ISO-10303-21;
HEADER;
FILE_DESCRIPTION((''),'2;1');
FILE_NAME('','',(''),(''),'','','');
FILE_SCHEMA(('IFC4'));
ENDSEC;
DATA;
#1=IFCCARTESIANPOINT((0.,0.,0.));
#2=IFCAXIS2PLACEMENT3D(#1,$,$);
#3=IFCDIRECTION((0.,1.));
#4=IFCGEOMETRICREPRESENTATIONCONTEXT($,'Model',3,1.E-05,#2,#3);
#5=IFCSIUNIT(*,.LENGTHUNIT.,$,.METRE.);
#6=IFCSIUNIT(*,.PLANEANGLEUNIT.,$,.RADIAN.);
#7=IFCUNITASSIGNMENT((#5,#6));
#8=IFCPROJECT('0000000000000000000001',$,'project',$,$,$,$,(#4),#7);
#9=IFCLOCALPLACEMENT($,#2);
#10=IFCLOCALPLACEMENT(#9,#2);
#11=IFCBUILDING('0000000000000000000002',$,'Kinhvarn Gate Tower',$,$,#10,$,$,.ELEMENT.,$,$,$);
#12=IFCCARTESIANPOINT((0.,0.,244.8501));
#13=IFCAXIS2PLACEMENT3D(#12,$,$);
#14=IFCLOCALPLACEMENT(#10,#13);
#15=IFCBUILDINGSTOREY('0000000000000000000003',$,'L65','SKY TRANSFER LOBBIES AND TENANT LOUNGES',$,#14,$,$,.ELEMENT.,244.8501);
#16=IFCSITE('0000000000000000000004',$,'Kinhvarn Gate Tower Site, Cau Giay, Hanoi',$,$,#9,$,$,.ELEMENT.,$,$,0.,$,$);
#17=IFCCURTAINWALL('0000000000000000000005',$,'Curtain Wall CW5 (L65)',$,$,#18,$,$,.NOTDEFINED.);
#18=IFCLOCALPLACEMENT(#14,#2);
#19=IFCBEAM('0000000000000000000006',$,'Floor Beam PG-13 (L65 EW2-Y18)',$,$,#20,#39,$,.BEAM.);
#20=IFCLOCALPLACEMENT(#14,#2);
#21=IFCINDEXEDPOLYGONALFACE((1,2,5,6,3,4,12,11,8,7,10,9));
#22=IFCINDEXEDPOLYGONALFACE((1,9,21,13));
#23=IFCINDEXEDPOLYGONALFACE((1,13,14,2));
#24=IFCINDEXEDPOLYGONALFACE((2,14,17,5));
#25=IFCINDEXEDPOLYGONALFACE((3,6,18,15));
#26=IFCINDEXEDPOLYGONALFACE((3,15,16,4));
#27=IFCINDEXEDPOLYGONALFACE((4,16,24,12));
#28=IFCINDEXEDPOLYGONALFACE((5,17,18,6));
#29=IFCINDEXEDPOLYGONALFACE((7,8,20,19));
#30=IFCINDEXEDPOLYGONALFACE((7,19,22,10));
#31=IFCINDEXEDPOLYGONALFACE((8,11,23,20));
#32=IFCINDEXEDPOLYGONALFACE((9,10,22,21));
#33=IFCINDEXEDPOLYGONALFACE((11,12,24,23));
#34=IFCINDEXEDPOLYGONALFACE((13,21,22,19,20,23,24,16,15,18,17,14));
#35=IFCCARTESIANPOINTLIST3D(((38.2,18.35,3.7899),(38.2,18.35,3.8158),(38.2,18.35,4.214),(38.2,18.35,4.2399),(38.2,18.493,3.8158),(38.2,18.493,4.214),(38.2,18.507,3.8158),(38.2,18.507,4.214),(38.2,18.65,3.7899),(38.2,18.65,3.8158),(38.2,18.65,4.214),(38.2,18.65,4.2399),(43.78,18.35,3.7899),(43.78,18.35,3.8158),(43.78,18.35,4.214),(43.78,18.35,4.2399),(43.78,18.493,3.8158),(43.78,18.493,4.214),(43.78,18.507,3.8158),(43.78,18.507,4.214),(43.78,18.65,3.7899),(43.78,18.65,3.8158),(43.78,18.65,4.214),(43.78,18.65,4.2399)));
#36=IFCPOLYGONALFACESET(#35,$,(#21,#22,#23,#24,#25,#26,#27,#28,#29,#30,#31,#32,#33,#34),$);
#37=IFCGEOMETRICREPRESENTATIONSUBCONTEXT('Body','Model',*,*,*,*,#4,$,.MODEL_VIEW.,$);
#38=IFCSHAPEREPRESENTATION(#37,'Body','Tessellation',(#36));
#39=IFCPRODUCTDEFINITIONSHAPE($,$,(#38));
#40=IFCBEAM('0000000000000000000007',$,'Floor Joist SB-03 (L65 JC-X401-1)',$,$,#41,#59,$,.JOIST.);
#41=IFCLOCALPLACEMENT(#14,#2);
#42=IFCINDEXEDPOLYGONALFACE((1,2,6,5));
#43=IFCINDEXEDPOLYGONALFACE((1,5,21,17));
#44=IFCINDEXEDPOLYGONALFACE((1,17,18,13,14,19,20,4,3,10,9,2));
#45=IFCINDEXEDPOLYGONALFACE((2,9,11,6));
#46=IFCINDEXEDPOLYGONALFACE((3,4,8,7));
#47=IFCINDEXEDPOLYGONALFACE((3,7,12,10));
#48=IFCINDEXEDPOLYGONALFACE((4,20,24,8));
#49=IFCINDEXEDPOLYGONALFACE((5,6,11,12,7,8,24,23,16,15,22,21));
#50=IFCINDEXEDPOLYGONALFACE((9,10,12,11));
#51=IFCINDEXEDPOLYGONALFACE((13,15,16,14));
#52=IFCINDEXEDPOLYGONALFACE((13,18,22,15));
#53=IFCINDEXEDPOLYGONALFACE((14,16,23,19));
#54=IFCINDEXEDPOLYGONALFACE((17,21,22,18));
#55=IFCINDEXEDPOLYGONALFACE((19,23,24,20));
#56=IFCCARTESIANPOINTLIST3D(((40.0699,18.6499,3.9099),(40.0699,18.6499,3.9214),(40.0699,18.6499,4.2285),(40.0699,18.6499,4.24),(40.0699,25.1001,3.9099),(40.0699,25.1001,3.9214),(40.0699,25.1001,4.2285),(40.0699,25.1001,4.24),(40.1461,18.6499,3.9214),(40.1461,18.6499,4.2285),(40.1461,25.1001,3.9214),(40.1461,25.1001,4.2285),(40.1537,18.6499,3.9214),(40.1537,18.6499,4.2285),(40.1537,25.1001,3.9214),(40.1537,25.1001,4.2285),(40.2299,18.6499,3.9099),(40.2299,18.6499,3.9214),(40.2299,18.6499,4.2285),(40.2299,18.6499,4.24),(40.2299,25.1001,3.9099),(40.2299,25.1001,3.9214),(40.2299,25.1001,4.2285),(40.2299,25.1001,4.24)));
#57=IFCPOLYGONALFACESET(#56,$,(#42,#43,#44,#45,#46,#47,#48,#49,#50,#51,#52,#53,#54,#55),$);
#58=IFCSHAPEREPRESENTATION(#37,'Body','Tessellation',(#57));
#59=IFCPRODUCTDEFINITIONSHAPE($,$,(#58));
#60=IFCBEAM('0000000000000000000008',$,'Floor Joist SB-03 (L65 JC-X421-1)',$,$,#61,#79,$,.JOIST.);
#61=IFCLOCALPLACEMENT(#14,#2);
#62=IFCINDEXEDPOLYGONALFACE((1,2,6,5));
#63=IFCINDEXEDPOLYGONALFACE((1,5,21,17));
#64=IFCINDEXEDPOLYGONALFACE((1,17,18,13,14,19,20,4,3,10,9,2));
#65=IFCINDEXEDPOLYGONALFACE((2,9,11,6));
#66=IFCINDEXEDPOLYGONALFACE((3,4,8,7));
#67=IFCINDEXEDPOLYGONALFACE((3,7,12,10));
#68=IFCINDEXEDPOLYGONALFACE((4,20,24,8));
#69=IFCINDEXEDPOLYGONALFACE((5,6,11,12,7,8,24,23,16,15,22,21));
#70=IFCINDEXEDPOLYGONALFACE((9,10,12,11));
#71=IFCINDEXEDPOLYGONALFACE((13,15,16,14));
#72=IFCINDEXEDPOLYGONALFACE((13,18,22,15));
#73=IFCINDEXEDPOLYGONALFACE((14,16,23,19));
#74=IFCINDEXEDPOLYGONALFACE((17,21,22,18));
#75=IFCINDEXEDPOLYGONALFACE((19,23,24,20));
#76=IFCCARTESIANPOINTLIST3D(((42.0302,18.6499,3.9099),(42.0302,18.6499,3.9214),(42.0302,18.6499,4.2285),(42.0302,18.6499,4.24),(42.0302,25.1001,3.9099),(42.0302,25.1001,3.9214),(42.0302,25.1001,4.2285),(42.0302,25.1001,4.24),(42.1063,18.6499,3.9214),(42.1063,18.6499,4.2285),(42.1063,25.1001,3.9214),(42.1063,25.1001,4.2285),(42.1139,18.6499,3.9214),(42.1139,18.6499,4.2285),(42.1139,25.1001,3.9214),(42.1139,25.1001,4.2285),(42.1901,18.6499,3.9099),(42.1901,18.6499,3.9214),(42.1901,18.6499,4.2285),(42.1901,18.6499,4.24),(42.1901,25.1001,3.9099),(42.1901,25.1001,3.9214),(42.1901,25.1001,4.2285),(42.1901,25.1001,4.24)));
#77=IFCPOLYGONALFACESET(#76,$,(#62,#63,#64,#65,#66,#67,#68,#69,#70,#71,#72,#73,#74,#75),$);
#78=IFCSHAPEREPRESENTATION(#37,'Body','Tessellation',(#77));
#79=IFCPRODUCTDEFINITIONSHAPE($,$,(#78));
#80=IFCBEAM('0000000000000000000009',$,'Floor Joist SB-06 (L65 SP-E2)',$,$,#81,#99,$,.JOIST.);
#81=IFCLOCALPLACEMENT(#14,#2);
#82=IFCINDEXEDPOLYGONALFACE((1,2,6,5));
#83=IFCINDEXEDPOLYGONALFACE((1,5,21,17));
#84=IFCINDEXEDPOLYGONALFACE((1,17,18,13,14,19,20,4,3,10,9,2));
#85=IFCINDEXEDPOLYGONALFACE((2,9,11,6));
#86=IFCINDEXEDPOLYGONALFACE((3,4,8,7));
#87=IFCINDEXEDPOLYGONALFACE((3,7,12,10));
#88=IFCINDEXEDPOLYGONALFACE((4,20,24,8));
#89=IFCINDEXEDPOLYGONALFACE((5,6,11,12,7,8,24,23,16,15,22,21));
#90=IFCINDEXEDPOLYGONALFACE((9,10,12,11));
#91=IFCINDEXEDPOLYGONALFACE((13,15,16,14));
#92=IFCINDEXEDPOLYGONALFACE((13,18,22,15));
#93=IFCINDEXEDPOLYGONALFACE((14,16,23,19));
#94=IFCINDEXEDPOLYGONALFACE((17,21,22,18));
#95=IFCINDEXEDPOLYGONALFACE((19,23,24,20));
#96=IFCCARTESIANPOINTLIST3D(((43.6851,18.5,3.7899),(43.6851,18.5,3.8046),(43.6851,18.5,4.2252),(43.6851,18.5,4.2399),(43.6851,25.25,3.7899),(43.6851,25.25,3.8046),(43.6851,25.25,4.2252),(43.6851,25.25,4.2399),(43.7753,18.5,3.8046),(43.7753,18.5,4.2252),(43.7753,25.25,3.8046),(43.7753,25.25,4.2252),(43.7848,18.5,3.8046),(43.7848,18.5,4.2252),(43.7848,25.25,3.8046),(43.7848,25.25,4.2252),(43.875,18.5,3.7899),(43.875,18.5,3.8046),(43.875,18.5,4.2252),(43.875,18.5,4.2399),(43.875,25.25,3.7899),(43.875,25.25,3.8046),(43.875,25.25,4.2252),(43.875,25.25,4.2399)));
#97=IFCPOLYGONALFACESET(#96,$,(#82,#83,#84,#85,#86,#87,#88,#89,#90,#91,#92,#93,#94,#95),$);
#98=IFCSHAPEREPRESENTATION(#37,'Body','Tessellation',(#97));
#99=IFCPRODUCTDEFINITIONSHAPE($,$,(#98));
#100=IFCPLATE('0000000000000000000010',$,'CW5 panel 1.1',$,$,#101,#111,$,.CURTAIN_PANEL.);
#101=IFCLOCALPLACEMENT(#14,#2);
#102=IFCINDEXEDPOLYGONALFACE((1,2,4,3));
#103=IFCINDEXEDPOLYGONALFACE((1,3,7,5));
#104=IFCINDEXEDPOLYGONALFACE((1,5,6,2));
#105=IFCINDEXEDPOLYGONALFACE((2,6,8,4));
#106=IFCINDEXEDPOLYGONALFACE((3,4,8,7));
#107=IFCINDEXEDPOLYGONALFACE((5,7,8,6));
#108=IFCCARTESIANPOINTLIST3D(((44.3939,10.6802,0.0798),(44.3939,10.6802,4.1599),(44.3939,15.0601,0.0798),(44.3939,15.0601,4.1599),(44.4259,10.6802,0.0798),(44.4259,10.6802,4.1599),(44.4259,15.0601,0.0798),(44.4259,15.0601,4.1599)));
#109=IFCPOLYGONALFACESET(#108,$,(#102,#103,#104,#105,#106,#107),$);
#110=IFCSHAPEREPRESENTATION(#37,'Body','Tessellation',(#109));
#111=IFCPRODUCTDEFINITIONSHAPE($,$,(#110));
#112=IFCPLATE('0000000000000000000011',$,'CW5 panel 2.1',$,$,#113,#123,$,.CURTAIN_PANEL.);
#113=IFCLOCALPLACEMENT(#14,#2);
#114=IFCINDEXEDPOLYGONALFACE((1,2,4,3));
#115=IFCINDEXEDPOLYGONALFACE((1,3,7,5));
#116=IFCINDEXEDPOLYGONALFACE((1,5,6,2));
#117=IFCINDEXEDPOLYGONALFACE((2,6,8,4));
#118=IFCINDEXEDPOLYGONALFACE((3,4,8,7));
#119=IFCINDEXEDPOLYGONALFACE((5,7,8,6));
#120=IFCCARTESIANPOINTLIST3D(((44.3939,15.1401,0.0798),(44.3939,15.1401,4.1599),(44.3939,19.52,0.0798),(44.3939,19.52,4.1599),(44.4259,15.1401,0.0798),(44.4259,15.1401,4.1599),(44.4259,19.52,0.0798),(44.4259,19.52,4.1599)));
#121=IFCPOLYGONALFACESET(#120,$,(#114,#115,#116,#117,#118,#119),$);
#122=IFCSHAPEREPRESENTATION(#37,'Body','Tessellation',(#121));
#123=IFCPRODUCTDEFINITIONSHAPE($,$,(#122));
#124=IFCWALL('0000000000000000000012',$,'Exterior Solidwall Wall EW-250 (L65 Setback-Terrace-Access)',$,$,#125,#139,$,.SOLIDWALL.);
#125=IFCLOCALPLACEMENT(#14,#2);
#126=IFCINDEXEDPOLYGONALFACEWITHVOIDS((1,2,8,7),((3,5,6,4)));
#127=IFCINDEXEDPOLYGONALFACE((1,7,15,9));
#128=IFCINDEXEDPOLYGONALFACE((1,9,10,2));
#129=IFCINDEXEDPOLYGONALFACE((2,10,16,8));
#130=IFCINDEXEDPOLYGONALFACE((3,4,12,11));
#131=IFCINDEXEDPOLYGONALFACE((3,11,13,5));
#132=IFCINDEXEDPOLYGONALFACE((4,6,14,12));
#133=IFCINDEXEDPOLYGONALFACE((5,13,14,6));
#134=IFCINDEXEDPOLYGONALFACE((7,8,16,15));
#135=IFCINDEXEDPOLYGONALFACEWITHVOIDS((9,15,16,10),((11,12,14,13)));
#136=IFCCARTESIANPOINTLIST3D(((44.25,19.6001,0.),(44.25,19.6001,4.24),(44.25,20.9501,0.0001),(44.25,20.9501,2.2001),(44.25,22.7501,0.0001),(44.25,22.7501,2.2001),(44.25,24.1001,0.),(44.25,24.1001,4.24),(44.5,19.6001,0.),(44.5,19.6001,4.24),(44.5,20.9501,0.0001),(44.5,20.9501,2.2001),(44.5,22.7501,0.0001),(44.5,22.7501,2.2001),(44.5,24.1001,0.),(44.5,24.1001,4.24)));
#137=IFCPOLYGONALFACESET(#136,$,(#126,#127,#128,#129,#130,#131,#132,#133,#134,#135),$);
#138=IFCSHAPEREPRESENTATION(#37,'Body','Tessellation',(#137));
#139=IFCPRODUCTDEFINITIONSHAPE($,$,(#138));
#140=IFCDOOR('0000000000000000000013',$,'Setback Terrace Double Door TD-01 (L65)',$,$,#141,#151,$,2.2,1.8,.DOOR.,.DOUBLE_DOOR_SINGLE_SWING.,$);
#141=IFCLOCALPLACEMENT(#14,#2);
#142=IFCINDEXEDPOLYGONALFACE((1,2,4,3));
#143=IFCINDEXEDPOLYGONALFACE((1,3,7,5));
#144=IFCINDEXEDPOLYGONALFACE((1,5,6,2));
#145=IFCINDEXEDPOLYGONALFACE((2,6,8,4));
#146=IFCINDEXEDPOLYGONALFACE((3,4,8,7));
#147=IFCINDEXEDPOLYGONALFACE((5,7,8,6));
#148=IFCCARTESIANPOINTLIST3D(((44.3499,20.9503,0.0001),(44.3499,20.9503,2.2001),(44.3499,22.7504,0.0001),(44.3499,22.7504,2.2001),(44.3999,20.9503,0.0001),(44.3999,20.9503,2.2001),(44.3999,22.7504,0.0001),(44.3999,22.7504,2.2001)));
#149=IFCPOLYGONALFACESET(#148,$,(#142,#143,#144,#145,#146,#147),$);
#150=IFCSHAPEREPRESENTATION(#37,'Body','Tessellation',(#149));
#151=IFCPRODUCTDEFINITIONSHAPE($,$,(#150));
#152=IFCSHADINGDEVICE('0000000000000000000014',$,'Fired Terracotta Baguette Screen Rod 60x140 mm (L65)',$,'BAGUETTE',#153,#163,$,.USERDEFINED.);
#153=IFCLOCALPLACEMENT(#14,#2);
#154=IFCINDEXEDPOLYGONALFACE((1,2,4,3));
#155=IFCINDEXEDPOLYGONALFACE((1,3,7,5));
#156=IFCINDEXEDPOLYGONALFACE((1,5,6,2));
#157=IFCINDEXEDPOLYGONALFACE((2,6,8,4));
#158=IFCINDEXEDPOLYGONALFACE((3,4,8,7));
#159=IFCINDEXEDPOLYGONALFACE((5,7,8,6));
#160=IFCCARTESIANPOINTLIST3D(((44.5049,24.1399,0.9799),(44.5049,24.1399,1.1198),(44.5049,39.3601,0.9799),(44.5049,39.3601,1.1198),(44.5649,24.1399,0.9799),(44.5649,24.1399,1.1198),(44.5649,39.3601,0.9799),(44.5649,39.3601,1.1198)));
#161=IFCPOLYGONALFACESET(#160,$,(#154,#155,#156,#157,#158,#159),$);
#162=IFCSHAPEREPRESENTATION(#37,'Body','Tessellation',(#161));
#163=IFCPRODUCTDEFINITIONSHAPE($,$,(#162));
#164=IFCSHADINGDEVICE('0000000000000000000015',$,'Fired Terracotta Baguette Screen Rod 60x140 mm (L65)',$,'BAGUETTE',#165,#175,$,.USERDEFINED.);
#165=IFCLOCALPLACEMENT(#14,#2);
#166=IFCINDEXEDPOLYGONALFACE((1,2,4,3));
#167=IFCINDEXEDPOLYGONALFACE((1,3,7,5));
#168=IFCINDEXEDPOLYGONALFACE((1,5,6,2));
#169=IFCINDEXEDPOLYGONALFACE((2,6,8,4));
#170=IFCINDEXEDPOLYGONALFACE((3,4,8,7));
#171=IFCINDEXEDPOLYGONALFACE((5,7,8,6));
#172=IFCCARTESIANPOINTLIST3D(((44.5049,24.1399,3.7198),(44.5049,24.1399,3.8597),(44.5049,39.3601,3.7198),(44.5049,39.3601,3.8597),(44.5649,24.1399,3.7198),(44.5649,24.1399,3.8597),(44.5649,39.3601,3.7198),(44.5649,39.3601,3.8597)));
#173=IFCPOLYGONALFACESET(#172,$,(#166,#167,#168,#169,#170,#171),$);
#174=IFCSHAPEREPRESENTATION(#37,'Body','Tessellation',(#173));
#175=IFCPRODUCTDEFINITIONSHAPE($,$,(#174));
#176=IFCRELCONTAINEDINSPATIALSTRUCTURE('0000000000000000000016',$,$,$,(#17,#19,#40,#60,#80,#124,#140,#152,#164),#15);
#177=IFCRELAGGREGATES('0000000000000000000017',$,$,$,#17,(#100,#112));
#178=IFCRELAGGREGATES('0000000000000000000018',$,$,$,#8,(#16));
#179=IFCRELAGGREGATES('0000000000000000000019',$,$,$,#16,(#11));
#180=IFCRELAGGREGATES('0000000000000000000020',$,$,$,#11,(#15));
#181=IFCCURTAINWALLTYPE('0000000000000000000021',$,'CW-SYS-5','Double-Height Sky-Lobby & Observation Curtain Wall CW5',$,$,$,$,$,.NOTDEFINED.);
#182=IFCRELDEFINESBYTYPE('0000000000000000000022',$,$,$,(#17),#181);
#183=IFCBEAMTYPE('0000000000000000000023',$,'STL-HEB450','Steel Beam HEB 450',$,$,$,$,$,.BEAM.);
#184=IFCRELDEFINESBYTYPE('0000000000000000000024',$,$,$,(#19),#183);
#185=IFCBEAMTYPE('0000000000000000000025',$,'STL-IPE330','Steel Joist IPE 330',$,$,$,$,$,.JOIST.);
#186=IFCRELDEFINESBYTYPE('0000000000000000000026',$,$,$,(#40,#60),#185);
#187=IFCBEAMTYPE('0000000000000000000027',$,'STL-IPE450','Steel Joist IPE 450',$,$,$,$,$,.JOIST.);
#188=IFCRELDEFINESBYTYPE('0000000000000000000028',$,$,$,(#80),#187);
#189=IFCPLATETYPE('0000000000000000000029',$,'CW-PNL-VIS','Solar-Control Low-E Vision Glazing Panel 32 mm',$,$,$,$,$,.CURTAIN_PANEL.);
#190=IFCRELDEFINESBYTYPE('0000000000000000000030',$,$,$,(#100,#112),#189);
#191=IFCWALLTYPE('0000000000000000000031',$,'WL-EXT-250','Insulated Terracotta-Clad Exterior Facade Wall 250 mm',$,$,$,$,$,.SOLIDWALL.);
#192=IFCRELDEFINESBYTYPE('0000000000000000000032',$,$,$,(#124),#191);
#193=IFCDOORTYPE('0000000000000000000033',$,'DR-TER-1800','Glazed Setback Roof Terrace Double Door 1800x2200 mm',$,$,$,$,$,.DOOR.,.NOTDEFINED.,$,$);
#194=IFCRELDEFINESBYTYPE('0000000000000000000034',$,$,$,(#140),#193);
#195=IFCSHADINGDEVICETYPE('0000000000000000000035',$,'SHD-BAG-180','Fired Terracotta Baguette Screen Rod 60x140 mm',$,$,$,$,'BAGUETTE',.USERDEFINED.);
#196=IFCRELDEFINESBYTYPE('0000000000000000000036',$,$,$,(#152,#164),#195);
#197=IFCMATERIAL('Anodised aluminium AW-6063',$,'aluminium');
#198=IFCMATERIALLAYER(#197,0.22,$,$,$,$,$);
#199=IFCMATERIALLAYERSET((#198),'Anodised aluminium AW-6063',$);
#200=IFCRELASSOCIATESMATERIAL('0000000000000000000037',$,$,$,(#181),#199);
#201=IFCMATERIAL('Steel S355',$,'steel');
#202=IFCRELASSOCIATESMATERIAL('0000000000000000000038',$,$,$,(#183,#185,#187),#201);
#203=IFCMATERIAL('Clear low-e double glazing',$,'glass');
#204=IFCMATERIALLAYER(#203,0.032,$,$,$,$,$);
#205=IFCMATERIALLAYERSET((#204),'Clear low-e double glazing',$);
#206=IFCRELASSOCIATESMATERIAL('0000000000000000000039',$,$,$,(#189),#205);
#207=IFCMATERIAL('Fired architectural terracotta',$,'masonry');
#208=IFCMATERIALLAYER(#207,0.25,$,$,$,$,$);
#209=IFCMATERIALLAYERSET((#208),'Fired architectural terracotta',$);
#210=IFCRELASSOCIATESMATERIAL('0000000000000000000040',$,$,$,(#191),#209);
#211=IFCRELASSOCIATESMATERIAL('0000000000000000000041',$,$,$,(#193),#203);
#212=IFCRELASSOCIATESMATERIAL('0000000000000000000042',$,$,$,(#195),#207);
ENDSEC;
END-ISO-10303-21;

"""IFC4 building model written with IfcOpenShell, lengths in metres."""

from ifc_helpers import new_model, si_unit, direction, frame, frame_2d, origin, origin_2d, place, context, subcontext, project, spatial, rectangle, i_section, extrude, material, layer, layer_set, material_profile, profile_set, type_object, element, fill, aggregate, save


model = new_model("IFC4")

# Units and contexts
model_context = context("Model", 3, precision=1e-05, world=origin(), true_north=direction((0.0, 1.0)))
body_context = subcontext(model_context, "Body", "Model", "MODEL_VIEW")
ifc_project = project(units=[si_unit("LENGTHUNIT", "METRE"), si_unit("PLANEANGLEUNIT", "RADIAN")], contexts=[model_context])

# Site, building, storey
site_placement = place(None, origin())
site = spatial("IfcSite", under=ifc_project, at=site_placement, Name="Kinhvarn Gate Tower Site, Cau Giay, Hanoi", CompositionType="ELEMENT", RefElevation=0.0)
building_placement = place(site_placement, origin())
building = spatial("IfcBuilding", under=site, at=building_placement, Name="Kinhvarn Gate Tower", CompositionType="ELEMENT")
storey_placement = place(building_placement, frame((0.0, 0.0, 244.8501)))
storey = spatial("IfcBuildingStorey", under=building, at=storey_placement, Name="L65", Description="SKY TRANSFER LOBBIES AND TENANT LOUNGES", CompositionType="ELEMENT", Elevation=244.8501)

# Curtain wall
ifc_material_1 = material(Name="Anodised aluminium AW-6063", Category="aluminium")
ifc_layer_1 = layer(ifc_material_1, 0.22)
ifc_layer_set_1 = layer_set([ifc_layer_1], Name="Anodised aluminium AW-6063")
curtain_wall_type = type_object("IfcCurtainWallType", Name="CW-SYS-5", Description="Double-Height Sky-Lobby & Observation Curtain Wall CW5", PredefinedType="NOTDEFINED", material=ifc_layer_set_1)
curtain_wall_1_placement = place(storey_placement, origin())
curtain_wall_1 = element("IfcCurtainWall", 1, at=curtain_wall_1_placement, inside=storey, type_object=curtain_wall_type, Name="Curtain Wall CW5 (L65)", PredefinedType="NOTDEFINED")

# Beams
ifc_material_2 = material(Name="Steel S355", Category="steel")
ifc_material_profile_1 = material_profile(ifc_material_2, i_section(OverallWidth=0.3, OverallDepth=0.45, WebThickness=0.0139, FlangeThickness=0.0259, at=origin_2d()), Name="HEB 450")
ifc_profile_set_1 = profile_set([ifc_material_profile_1], Name="Steel S355")
beam_type_1 = type_object("IfcBeamType", Name="STL-HEB450", Description="Steel Beam HEB 450", PredefinedType="BEAM", material=ifc_profile_set_1)
beam_1_placement = place(storey_placement, frame((38.2, 18.5, 4.0149), z_axis=(1.0, 0.0, 0.0), x_axis=(0.0, 1.0, 0.0)))
element("IfcBeam", 2, at=beam_1_placement, inside=storey, type_object=beam_type_1, Name="Floor Beam PG-13 (L65 EW2-Y18)", PredefinedType="BEAM", context=body_context, shape_type="SweptSolid", body=[
    extrude(i_section(OverallWidth=0.3, OverallDepth=0.45, WebThickness=0.0139, FlangeThickness=0.0259, at=origin_2d()), origin(), (0.0, 0.0, 1.0), 5.5801),
])
ifc_material_profile_2 = material_profile(ifc_material_2, i_section(OverallWidth=0.1599, OverallDepth=0.3301, WebThickness=0.0076, FlangeThickness=0.0115, at=origin_2d()), Name="IPE 330")
ifc_profile_set_2 = profile_set([ifc_material_profile_2], Name="Steel S355")
beam_type_2 = type_object("IfcBeamType", Name="STL-IPE330", Description="Steel Joist IPE 330", PredefinedType="JOIST", material=ifc_profile_set_2)
for number, where, z_axis, x_axis, name in (
    (3, (40.1499, 18.6499, 4.075), (0.0, 1.0, 0.0), (-1.0, 0.0, 0.0), "Floor Joist SB-03 (L65 JC-X401-1)"),
    (4, (42.1101, 18.6499, 4.075), (0.0, 1.0, 0.0), (-1.0, 0.0, 0.0), "Floor Joist SB-03 (L65 JC-X421-1)"),
):
    element("IfcBeam", number, at=place(storey_placement, frame(where, z_axis=z_axis, x_axis=x_axis)), inside=storey, type_object=beam_type_2, Name=name, PredefinedType="JOIST", context=body_context, shape_type="SweptSolid", body=[
        extrude(i_section(OverallWidth=0.1599, OverallDepth=0.3301, WebThickness=0.0076, FlangeThickness=0.0115, at=origin_2d()), origin(), (0.0, 0.0, 1.0), 6.4502),
    ])
ifc_material_profile_3 = material_profile(ifc_material_2, i_section(OverallWidth=0.1899, OverallDepth=0.45, WebThickness=0.0095, FlangeThickness=0.0146, at=origin_2d()), Name="IPE 450")
ifc_profile_set_3 = profile_set([ifc_material_profile_3], Name="Steel S355")
beam_type_3 = type_object("IfcBeamType", Name="STL-IPE450", Description="Steel Joist IPE 450", PredefinedType="JOIST", material=ifc_profile_set_3)
beam_2_placement = place(storey_placement, frame((43.78, 18.5, 4.0149), z_axis=(0.0, 1.0, 0.0), x_axis=(-1.0, 0.0, 0.0)))
element("IfcBeam", 5, at=beam_2_placement, inside=storey, type_object=beam_type_3, Name="Floor Joist SB-06 (L65 SP-E2)", PredefinedType="JOIST", context=body_context, shape_type="SweptSolid", body=[
    extrude(i_section(OverallWidth=0.1899, OverallDepth=0.45, WebThickness=0.0095, FlangeThickness=0.0146, at=origin_2d()), origin(), (0.0, 0.0, 1.0), 6.75),
])

# Plates
ifc_material_3 = material(Name="Clear low-e double glazing", Category="glass")
ifc_layer_2 = layer(ifc_material_3, 0.032)
ifc_layer_set_2 = layer_set([ifc_layer_2], Name="Clear low-e double glazing")
plate_type = type_object("IfcPlateType", Name="CW-PNL-VIS", Description="Solar-Control Low-E Vision Glazing Panel 32 mm", PredefinedType="CURTAIN_PANEL", material=ifc_layer_set_2)
plate_1_placement = place(storey_placement, frame((44.4099, 12.8701, 0.0798), z_axis=(0.0, 0.0, 1.0), x_axis=(0.0, 1.0, 0.0)))
plate_1 = element("IfcPlate", 6, at=plate_1_placement, type_object=plate_type, Name="CW5 panel 1.1", PredefinedType="CURTAIN_PANEL", context=body_context, shape_type="SweptSolid", body=[
    extrude(rectangle(XDim=4.3799, YDim=0.032, at=origin_2d()), origin(), (0.0, 0.0, 1.0), 4.0801),
])
plate_2_placement = place(storey_placement, frame((44.4099, 17.3301, 0.0798), z_axis=(0.0, 0.0, 1.0), x_axis=(0.0, 1.0, 0.0)))
plate_2 = element("IfcPlate", 7, at=plate_2_placement, type_object=plate_type, Name="CW5 panel 2.1", PredefinedType="CURTAIN_PANEL", context=body_context, shape_type="SweptSolid", body=[
    extrude(rectangle(XDim=4.3799, YDim=0.032, at=origin_2d()), origin(), (0.0, 0.0, 1.0), 4.0801),
])
aggregate(curtain_wall_1, [plate_1, plate_2])

# Wall, opening, door
ifc_material_4 = material(Name="Fired architectural terracotta", Category="masonry")
ifc_layer_3 = layer(ifc_material_4, 0.25)
ifc_layer_set_3 = layer_set([ifc_layer_3], Name="Fired architectural terracotta")
wall_type = type_object("IfcWallType", Name="WL-EXT-250", Description="Insulated Terracotta-Clad Exterior Facade Wall 250 mm", PredefinedType="SOLIDWALL", material=ifc_layer_set_3)
wall_placement = place(storey_placement, frame((44.375, 19.6001, 0.0), z_axis=(0.0, 0.0, 1.0), x_axis=(0.0, 1.0, 0.0)))
wall = element("IfcWall", 8, at=wall_placement, inside=storey, type_object=wall_type, Name="Exterior Solidwall Wall EW-250 (L65 Setback-Terrace-Access)", PredefinedType="SOLIDWALL", context=body_context, shape_type="SweptSolid", body=[
    extrude(rectangle(XDim=4.5, YDim=0.25, at=frame_2d((2.25, 0.0))), origin(), (0.0, 0.0, 1.0), 4.24),
])
opening_placement = place(wall_placement, frame((1.3501, 0.0, 0.0)))
opening = element("IfcOpeningElement", 9, at=opening_placement, cuts=wall, PredefinedType="OPENING", context=body_context, shape_type="SweptSolid", body=[
    extrude(rectangle(XDim=1.8, YDim=2.2, at=frame_2d((0.8999, 1.1001))), frame((0.0, 0.135, 0.0), z_axis=(0.0, -1.0, 0.0), x_axis=(1.0, 0.0, 0.0)), (0.0, 0.0, 1.0), 0.27),
])
door_type = type_object("IfcDoorType", Name="DR-TER-1800", Description="Glazed Setback Roof Terrace Double Door 1800x2200 mm", OperationType="NOTDEFINED", PredefinedType="DOOR", material=ifc_material_3)
door_placement = place(opening_placement, frame((1.8, 0.0, 0.0), z_axis=(0.0, 0.0, 1.0), x_axis=(-1.0, 0.0, 0.0)))
door = element("IfcDoor", 10, at=door_placement, inside=storey, type_object=door_type, Name="Setback Terrace Double Door TD-01 (L65)", OperationType="DOUBLE_DOOR_SINGLE_SWING", OverallHeight=2.2, OverallWidth=1.8, PredefinedType="DOOR", context=body_context, shape_type="SweptSolid", body=[
    extrude(rectangle(XDim=1.8, YDim=2.2, at=frame_2d((0.8999, 1.1001))), frame((0.0, 0.0249, 0.0), z_axis=(0.0, -1.0, 0.0), x_axis=(1.0, 0.0, 0.0)), (0.0, 0.0, 1.0), 0.05),
])
fill(opening, door)

# Shading devices
ifc_material_profile_4 = material_profile(ifc_material_4, rectangle(XDim=0.0601, YDim=0.1399, at=origin_2d()), Name="TC 60x140")
ifc_profile_set_4 = profile_set([ifc_material_profile_4], Name="Fired architectural terracotta")
shading_device_type = type_object("IfcShadingDeviceType", Name="SHD-BAG-180", Description="Fired Terracotta Baguette Screen Rod 60x140 mm", ElementType="BAGUETTE", PredefinedType="USERDEFINED", material=ifc_profile_set_4)
for number, where, z_axis, x_axis, name in (
    (11, (44.5349, 24.1399, 1.0498), (0.0, 1.0, 0.0), (-1.0, 0.0, 0.0), "Fired Terracotta Baguette Screen Rod 60x140 mm (L65)"),
    (12, (44.5349, 24.1399, 3.7898), (0.0, 1.0, 0.0), (-1.0, 0.0, 0.0), "Fired Terracotta Baguette Screen Rod 60x140 mm (L65)"),
):
    element("IfcShadingDevice", number, at=place(storey_placement, frame(where, z_axis=z_axis, x_axis=x_axis)), inside=storey, type_object=shading_device_type, Name=name, ObjectType="BAGUETTE", PredefinedType="USERDEFINED", context=body_context, shape_type="SweptSolid", body=[
        extrude(rectangle(XDim=0.0601, YDim=0.1399, at=origin_2d()), origin(), (0.0, 0.0, 1.0), 15.2202),
    ])

save(model, "model.ifc")
